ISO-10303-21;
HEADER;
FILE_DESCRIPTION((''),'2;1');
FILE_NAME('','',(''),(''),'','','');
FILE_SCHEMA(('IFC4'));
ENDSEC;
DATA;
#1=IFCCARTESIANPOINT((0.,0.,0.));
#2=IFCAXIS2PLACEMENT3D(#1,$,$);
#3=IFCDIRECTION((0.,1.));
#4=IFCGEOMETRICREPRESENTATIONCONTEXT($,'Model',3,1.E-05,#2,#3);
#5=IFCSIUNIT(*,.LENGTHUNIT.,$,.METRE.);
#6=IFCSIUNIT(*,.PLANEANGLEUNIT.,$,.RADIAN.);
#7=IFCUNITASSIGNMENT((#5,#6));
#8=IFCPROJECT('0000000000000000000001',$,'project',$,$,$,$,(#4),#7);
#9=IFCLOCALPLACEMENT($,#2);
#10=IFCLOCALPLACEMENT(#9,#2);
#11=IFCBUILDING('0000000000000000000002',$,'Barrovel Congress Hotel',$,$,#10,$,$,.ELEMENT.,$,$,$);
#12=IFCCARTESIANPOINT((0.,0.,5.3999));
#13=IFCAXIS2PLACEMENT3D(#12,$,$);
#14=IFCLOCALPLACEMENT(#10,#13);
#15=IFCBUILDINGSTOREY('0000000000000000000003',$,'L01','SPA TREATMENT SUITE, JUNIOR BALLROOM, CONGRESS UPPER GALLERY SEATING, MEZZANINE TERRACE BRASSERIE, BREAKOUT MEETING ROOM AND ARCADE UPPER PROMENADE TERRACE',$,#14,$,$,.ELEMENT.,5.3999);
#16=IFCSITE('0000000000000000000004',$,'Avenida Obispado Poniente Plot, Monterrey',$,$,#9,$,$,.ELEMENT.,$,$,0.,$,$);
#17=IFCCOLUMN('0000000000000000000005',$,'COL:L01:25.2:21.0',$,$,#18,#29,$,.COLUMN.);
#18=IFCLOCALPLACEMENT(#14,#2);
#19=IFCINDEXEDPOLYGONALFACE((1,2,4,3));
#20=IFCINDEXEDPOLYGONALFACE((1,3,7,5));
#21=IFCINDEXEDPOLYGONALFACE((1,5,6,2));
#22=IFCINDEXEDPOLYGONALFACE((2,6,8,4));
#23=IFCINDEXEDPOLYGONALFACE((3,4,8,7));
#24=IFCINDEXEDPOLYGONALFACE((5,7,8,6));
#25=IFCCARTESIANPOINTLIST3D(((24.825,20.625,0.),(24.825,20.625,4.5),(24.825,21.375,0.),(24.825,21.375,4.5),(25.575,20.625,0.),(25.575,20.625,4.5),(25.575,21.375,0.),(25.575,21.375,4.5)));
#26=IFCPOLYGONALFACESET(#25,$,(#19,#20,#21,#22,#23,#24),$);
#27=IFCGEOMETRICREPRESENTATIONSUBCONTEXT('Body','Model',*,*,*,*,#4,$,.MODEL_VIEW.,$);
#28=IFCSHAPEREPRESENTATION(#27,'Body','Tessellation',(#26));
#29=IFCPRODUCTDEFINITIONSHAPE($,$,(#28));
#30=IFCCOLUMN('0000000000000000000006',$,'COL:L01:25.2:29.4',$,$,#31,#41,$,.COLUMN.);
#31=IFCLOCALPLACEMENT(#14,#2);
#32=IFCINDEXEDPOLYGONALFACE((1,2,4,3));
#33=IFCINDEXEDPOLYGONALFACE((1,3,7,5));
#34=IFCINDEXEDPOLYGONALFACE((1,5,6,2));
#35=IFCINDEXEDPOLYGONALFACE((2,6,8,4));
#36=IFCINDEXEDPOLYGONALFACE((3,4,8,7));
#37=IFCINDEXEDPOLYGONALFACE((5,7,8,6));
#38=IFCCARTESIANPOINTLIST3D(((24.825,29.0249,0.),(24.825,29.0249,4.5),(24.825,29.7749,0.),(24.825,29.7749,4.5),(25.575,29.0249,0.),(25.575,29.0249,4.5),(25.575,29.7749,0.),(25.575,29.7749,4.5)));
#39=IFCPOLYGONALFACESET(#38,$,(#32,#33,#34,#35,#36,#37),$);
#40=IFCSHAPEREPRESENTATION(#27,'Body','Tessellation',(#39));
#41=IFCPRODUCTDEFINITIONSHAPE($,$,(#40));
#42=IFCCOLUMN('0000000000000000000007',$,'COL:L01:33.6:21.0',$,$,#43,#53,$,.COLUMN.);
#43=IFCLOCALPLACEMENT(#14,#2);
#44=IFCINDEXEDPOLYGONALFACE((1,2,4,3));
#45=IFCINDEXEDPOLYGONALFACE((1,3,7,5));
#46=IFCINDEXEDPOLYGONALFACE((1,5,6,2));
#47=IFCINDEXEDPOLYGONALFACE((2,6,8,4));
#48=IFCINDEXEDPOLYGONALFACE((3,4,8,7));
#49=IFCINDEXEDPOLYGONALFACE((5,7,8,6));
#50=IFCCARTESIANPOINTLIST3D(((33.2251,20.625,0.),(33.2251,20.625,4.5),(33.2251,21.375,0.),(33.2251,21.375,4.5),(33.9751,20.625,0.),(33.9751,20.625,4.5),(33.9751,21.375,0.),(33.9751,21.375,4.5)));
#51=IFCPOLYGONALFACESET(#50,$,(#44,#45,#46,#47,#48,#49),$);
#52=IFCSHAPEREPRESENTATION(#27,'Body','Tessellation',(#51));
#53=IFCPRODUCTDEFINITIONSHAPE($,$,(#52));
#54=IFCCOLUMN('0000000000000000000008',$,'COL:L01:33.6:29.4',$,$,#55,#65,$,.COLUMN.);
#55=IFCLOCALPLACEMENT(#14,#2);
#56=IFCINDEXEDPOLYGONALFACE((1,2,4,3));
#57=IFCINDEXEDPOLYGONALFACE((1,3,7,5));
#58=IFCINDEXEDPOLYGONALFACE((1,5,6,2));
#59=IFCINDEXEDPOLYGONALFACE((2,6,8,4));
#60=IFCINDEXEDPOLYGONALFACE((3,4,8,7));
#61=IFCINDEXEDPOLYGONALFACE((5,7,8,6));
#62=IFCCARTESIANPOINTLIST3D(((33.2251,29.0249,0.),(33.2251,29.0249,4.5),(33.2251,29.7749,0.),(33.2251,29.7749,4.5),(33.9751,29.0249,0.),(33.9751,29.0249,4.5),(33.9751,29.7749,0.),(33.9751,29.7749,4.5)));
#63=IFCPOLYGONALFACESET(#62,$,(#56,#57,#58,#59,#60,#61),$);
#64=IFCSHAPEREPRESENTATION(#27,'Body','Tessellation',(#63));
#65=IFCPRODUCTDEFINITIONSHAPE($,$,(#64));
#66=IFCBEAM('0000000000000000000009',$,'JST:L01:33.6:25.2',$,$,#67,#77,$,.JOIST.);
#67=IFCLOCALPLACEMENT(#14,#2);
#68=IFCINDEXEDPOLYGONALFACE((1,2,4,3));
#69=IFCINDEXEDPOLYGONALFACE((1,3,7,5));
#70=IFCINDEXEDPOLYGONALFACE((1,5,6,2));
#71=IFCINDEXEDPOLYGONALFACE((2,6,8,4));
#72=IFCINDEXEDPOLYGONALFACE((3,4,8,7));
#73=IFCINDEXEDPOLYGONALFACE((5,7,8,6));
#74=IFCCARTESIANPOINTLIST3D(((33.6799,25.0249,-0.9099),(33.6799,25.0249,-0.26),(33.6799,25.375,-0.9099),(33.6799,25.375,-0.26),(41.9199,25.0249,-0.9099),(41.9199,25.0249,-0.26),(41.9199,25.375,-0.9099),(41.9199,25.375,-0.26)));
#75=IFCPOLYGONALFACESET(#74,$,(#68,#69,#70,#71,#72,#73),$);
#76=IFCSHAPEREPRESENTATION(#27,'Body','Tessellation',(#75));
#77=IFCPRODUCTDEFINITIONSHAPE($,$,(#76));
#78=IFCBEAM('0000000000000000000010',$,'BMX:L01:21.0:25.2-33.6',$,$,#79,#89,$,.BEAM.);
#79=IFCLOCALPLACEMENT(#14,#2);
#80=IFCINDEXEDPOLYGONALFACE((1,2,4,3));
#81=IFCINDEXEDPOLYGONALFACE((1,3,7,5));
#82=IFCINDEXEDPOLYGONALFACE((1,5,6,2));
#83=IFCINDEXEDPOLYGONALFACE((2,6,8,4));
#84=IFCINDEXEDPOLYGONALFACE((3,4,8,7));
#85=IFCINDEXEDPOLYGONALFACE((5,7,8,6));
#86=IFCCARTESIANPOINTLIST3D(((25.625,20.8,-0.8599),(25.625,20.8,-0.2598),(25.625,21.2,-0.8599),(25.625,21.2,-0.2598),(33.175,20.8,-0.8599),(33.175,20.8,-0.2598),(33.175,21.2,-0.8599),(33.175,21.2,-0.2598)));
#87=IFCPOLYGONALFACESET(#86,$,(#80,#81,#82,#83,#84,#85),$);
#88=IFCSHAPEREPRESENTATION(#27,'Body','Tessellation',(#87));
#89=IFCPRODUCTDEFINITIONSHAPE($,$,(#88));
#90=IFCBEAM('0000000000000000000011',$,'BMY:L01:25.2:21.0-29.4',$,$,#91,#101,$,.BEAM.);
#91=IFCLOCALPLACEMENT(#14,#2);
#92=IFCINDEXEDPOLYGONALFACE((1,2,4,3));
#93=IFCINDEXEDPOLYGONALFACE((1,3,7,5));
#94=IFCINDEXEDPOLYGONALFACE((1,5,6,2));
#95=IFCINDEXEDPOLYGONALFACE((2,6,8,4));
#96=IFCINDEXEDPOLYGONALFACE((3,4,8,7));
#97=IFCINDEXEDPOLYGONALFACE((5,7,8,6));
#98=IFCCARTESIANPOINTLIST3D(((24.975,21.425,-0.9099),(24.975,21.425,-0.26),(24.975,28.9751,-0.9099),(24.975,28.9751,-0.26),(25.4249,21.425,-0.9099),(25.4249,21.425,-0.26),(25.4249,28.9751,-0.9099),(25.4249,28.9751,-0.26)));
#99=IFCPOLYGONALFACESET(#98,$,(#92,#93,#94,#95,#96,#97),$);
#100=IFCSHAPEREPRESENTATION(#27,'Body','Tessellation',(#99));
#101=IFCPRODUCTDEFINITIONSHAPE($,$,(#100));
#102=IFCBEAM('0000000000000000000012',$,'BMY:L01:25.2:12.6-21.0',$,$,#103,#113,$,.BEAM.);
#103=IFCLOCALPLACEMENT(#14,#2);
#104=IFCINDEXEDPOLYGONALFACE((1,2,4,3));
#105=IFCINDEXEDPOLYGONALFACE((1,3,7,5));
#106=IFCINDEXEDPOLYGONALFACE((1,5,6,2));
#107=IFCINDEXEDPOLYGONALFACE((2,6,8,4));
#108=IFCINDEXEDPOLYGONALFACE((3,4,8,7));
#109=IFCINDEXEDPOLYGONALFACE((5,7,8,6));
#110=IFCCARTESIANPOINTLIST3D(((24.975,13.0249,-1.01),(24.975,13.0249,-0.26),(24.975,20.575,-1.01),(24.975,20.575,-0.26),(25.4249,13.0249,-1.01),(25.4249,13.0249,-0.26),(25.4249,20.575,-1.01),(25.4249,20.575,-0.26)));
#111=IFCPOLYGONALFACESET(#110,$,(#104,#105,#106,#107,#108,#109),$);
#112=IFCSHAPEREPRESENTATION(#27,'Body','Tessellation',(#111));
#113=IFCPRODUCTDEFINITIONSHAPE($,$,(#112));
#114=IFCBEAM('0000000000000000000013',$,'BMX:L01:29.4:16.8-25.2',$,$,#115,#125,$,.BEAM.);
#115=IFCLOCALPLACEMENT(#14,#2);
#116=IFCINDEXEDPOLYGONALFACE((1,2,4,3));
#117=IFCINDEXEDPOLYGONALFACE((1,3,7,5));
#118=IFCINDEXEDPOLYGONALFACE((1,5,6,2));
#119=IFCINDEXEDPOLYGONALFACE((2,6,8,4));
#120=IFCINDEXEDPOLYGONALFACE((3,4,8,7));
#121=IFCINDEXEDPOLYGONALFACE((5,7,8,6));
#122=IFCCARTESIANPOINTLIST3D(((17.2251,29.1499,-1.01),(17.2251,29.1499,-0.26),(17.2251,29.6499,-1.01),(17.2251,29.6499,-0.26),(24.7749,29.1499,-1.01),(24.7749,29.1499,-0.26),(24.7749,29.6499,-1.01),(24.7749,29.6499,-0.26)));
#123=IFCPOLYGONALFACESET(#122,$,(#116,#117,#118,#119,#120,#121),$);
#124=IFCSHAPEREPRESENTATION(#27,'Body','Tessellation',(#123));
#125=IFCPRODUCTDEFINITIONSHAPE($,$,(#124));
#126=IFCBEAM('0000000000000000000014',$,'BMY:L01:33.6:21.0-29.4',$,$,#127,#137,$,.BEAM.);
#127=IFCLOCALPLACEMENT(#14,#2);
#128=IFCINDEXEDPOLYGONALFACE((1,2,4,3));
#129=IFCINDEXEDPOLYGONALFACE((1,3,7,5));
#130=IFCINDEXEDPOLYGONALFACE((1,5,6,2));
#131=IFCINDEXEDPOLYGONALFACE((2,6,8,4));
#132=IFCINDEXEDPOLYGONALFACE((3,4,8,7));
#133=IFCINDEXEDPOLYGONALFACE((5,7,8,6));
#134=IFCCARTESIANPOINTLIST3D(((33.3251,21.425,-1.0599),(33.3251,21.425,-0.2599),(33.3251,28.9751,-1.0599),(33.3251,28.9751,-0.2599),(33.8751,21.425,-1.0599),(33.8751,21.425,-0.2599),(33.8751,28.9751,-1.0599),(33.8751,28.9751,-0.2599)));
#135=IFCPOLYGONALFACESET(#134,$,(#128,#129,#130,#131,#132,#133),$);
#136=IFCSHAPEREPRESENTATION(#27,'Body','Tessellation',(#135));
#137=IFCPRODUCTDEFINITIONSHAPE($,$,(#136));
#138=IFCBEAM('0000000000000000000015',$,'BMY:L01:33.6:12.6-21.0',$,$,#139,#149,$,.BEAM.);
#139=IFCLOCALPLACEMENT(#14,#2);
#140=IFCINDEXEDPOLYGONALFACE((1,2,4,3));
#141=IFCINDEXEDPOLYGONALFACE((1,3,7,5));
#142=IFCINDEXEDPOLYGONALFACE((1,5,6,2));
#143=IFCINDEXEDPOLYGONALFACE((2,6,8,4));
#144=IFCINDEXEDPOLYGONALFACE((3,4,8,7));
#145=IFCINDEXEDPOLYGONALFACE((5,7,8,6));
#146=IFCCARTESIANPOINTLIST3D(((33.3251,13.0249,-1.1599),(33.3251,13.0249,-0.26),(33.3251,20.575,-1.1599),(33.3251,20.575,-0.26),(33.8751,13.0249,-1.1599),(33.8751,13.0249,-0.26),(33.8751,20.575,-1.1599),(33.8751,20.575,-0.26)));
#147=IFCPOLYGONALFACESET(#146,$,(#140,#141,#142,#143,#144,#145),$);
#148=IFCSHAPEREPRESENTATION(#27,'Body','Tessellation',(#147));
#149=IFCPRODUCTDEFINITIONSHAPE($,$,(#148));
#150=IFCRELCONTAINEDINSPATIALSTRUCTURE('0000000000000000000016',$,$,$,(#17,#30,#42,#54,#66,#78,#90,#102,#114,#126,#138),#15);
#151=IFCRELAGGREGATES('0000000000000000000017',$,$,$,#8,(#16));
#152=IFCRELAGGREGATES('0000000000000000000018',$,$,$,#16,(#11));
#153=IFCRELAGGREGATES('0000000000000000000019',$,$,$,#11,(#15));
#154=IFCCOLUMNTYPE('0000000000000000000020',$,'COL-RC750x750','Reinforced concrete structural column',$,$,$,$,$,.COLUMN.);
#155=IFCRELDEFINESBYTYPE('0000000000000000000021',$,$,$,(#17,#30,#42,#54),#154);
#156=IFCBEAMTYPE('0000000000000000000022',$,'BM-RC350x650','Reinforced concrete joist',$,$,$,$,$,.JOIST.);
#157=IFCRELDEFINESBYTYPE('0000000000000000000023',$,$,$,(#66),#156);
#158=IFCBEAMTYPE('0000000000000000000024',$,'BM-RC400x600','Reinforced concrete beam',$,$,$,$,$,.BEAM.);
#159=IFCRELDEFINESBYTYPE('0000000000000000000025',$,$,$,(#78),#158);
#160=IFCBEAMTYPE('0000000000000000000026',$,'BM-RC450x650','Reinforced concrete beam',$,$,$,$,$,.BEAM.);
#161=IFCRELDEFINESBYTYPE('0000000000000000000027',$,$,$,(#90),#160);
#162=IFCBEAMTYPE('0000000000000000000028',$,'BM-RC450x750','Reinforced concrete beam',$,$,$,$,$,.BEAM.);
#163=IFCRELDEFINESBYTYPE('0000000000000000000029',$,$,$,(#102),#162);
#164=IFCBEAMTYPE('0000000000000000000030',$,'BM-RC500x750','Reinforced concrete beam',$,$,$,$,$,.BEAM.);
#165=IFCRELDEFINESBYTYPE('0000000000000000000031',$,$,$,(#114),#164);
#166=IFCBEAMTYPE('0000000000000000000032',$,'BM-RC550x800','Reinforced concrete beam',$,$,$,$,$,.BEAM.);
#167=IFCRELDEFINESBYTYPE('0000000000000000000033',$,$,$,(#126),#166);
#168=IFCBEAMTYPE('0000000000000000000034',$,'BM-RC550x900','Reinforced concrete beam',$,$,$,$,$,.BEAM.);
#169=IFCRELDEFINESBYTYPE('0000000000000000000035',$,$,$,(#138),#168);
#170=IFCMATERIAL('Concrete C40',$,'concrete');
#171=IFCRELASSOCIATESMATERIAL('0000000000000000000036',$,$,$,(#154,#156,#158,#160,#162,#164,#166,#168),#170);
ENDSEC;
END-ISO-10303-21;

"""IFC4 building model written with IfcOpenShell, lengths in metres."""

from ifc_helpers import new_model, si_unit, direction, frame, origin, origin_2d, place, context, subcontext, project, spatial, rectangle, extrude, material, material_profile, profile_set, type_object, element, save


model = new_model("IFC4")

# Units and contexts
model_context = context("Model", 3, precision=1e-05, world=origin(), true_north=direction((0.0, 1.0)))
body_context = subcontext(model_context, "Body", "Model", "MODEL_VIEW")
ifc_project = project(units=[si_unit("LENGTHUNIT", "METRE"), si_unit("PLANEANGLEUNIT", "RADIAN")], contexts=[model_context])

# Site, building, storey
site_placement = place(None, origin())
site = spatial("IfcSite", under=ifc_project, at=site_placement, Name="Avenida Obispado Poniente Plot, Monterrey", CompositionType="ELEMENT", RefElevation=0.0)
building_placement = place(site_placement, origin())
building = spatial("IfcBuilding", under=site, at=building_placement, Name="Barrovel Congress Hotel", CompositionType="ELEMENT")
storey_placement = place(building_placement, frame((0.0, 0.0, 5.3999)))
storey = spatial("IfcBuildingStorey", under=building, at=storey_placement, Name="L01", Description="SPA TREATMENT SUITE, JUNIOR BALLROOM, CONGRESS UPPER GALLERY SEATING, MEZZANINE TERRACE BRASSERIE, BREAKOUT MEETING ROOM AND ARCADE UPPER PROMENADE TERRACE", CompositionType="ELEMENT", Elevation=5.3999)

# Columns
ifc_material_1 = material(Name="Concrete C40", Category="concrete")
ifc_material_profile_1 = material_profile(ifc_material_1, rectangle(XDim=0.75, YDim=0.75, at=origin_2d()), Name="RC750x750")
ifc_profile_set_1 = profile_set([ifc_material_profile_1], Name="Concrete C40")
column_type = type_object("IfcColumnType", Name="COL-RC750x750", Description="Reinforced concrete structural column", PredefinedType="COLUMN", material=ifc_profile_set_1)
for number, where, z_axis, x_axis, name in (
    (1, (25.2, 21.0, 0.0), (0.0, 0.0, 1.0), (1.0, 0.0, 0.0), "COL:L01:25.2:21.0"),
    (2, (25.2, 29.3999, 0.0), (0.0, 0.0, 1.0), (1.0, 0.0, 0.0), "COL:L01:25.2:29.4"),
    (3, (33.6001, 21.0, 0.0), (0.0, 0.0, 1.0), (1.0, 0.0, 0.0), "COL:L01:33.6:21.0"),
    (4, (33.6001, 29.3999, 0.0), (0.0, 0.0, 1.0), (1.0, 0.0, 0.0), "COL:L01:33.6:29.4"),
):
    element("IfcColumn", number, at=place(storey_placement, frame(where, z_axis=z_axis, x_axis=x_axis)), inside=storey, type_object=column_type, Name=name, PredefinedType="COLUMN", context=body_context, shape_type="SweptSolid", body=[
        extrude(rectangle(XDim=0.75, YDim=0.75, at=origin_2d()), origin(), (0.0, 0.0, 1.0), 4.5),
    ])

# Beams
ifc_material_profile_2 = material_profile(ifc_material_1, rectangle(XDim=0.3501, YDim=0.6499, at=origin_2d()), Name="RC350x650")
ifc_profile_set_2 = profile_set([ifc_material_profile_2], Name="Concrete C40")
beam_type_1 = type_object("IfcBeamType", Name="BM-RC350x650", Description="Reinforced concrete joist", PredefinedType="JOIST", material=ifc_profile_set_2)
beam_1_placement = place(storey_placement, frame((33.6799, 25.2, -0.585), z_axis=(1.0, 0.0, 0.0), x_axis=(0.0, 1.0, 0.0)))
element("IfcBeam", 5, at=beam_1_placement, inside=storey, type_object=beam_type_1, Name="JST:L01:33.6:25.2", PredefinedType="JOIST", context=body_context, shape_type="SweptSolid", body=[
    extrude(rectangle(XDim=0.3501, YDim=0.6499, at=origin_2d()), origin(), (0.0, 0.0, 1.0), 8.24),
])
ifc_material_profile_3 = material_profile(ifc_material_1, rectangle(XDim=0.3999, YDim=0.6001, at=origin_2d()), Name="RC400x600")
ifc_profile_set_3 = profile_set([ifc_material_profile_3], Name="Concrete C40")
beam_type_2 = type_object("IfcBeamType", Name="BM-RC400x600", Description="Reinforced concrete beam", PredefinedType="BEAM", material=ifc_profile_set_3)
beam_2_placement = place(storey_placement, frame((25.625, 21.0, -0.5598), z_axis=(1.0, 0.0, 0.0), x_axis=(0.0, 1.0, 0.0)))
element("IfcBeam", 6, at=beam_2_placement, inside=storey, type_object=beam_type_2, Name="BMX:L01:21.0:25.2-33.6", PredefinedType="BEAM", context=body_context, shape_type="SweptSolid", body=[
    extrude(rectangle(XDim=0.3999, YDim=0.6001, at=origin_2d()), origin(), (0.0, 0.0, 1.0), 7.55),
])
ifc_material_profile_4 = material_profile(ifc_material_1, rectangle(XDim=0.45, YDim=0.6499, at=origin_2d()), Name="RC450x650")
ifc_profile_set_4 = profile_set([ifc_material_profile_4], Name="Concrete C40")
beam_type_3 = type_object("IfcBeamType", Name="BM-RC450x650", Description="Reinforced concrete beam", PredefinedType="BEAM", material=ifc_profile_set_4)
beam_3_placement = place(storey_placement, frame((25.2, 21.425, -0.585), z_axis=(0.0, 1.0, 0.0), x_axis=(-1.0, 0.0, 0.0)))
element("IfcBeam", 7, at=beam_3_placement, inside=storey, type_object=beam_type_3, Name="BMY:L01:25.2:21.0-29.4", PredefinedType="BEAM", context=body_context, shape_type="SweptSolid", body=[
    extrude(rectangle(XDim=0.45, YDim=0.6499, at=origin_2d()), origin(), (0.0, 0.0, 1.0), 7.55),
])
ifc_material_profile_5 = material_profile(ifc_material_1, rectangle(XDim=0.45, YDim=0.75, at=origin_2d()), Name="RC450x750")
ifc_profile_set_5 = profile_set([ifc_material_profile_5], Name="Concrete C40")
beam_type_4 = type_object("IfcBeamType", Name="BM-RC450x750", Description="Reinforced concrete beam", PredefinedType="BEAM", material=ifc_profile_set_5)
beam_4_placement = place(storey_placement, frame((25.2, 13.0249, -0.635), z_axis=(0.0, 1.0, 0.0), x_axis=(-1.0, 0.0, 0.0)))
element("IfcBeam", 8, at=beam_4_placement, inside=storey, type_object=beam_type_4, Name="BMY:L01:25.2:12.6-21.0", PredefinedType="BEAM", context=body_context, shape_type="SweptSolid", body=[
    extrude(rectangle(XDim=0.45, YDim=0.75, at=origin_2d()), origin(), (0.0, 0.0, 1.0), 7.55),
])
ifc_material_profile_6 = material_profile(ifc_material_1, rectangle(XDim=0.5, YDim=0.75, at=origin_2d()), Name="RC500x750")
ifc_profile_set_6 = profile_set([ifc_material_profile_6], Name="Concrete C40")
beam_type_5 = type_object("IfcBeamType", Name="BM-RC500x750", Description="Reinforced concrete beam", PredefinedType="BEAM", material=ifc_profile_set_6)
beam_5_placement = place(storey_placement, frame((17.2251, 29.3999, -0.635), z_axis=(1.0, 0.0, 0.0), x_axis=(0.0, 1.0, 0.0)))
element("IfcBeam", 9, at=beam_5_placement, inside=storey, type_object=beam_type_5, Name="BMX:L01:29.4:16.8-25.2", PredefinedType="BEAM", context=body_context, shape_type="SweptSolid", body=[
    extrude(rectangle(XDim=0.5, YDim=0.75, at=origin_2d()), origin(), (0.0, 0.0, 1.0), 7.5498),
])
ifc_material_profile_7 = material_profile(ifc_material_1, rectangle(XDim=0.55, YDim=0.8, at=origin_2d()), Name="RC550x800")
ifc_profile_set_7 = profile_set([ifc_material_profile_7], Name="Concrete C40")
beam_type_6 = type_object("IfcBeamType", Name="BM-RC550x800", Description="Reinforced concrete beam", PredefinedType="BEAM", material=ifc_profile_set_7)
beam_6_placement = place(storey_placement, frame((33.6001, 21.425, -0.6599), z_axis=(0.0, 1.0, 0.0), x_axis=(-1.0, 0.0, 0.0)))
element("IfcBeam", 10, at=beam_6_placement, inside=storey, type_object=beam_type_6, Name="BMY:L01:33.6:21.0-29.4", PredefinedType="BEAM", context=body_context, shape_type="SweptSolid", body=[
    extrude(rectangle(XDim=0.55, YDim=0.8, at=origin_2d()), origin(), (0.0, 0.0, 1.0), 7.55),
])
ifc_material_profile_8 = material_profile(ifc_material_1, rectangle(XDim=0.55, YDim=0.8999, at=origin_2d()), Name="RC550x900")
ifc_profile_set_8 = profile_set([ifc_material_profile_8], Name="Concrete C40")
beam_type_7 = type_object("IfcBeamType", Name="BM-RC550x900", Description="Reinforced concrete beam", PredefinedType="BEAM", material=ifc_profile_set_8)
beam_7_placement = place(storey_placement, frame((33.6001, 13.0249, -0.71), z_axis=(0.0, 1.0, 0.0), x_axis=(-1.0, 0.0, 0.0)))
element("IfcBeam", 11, at=beam_7_placement, inside=storey, type_object=beam_type_7, Name="BMY:L01:33.6:12.6-21.0", PredefinedType="BEAM", context=body_context, shape_type="SweptSolid", body=[
    extrude(rectangle(XDim=0.55, YDim=0.8999, at=origin_2d()), origin(), (0.0, 0.0, 1.0), 7.55),
])

save(model, "model.ifc")
